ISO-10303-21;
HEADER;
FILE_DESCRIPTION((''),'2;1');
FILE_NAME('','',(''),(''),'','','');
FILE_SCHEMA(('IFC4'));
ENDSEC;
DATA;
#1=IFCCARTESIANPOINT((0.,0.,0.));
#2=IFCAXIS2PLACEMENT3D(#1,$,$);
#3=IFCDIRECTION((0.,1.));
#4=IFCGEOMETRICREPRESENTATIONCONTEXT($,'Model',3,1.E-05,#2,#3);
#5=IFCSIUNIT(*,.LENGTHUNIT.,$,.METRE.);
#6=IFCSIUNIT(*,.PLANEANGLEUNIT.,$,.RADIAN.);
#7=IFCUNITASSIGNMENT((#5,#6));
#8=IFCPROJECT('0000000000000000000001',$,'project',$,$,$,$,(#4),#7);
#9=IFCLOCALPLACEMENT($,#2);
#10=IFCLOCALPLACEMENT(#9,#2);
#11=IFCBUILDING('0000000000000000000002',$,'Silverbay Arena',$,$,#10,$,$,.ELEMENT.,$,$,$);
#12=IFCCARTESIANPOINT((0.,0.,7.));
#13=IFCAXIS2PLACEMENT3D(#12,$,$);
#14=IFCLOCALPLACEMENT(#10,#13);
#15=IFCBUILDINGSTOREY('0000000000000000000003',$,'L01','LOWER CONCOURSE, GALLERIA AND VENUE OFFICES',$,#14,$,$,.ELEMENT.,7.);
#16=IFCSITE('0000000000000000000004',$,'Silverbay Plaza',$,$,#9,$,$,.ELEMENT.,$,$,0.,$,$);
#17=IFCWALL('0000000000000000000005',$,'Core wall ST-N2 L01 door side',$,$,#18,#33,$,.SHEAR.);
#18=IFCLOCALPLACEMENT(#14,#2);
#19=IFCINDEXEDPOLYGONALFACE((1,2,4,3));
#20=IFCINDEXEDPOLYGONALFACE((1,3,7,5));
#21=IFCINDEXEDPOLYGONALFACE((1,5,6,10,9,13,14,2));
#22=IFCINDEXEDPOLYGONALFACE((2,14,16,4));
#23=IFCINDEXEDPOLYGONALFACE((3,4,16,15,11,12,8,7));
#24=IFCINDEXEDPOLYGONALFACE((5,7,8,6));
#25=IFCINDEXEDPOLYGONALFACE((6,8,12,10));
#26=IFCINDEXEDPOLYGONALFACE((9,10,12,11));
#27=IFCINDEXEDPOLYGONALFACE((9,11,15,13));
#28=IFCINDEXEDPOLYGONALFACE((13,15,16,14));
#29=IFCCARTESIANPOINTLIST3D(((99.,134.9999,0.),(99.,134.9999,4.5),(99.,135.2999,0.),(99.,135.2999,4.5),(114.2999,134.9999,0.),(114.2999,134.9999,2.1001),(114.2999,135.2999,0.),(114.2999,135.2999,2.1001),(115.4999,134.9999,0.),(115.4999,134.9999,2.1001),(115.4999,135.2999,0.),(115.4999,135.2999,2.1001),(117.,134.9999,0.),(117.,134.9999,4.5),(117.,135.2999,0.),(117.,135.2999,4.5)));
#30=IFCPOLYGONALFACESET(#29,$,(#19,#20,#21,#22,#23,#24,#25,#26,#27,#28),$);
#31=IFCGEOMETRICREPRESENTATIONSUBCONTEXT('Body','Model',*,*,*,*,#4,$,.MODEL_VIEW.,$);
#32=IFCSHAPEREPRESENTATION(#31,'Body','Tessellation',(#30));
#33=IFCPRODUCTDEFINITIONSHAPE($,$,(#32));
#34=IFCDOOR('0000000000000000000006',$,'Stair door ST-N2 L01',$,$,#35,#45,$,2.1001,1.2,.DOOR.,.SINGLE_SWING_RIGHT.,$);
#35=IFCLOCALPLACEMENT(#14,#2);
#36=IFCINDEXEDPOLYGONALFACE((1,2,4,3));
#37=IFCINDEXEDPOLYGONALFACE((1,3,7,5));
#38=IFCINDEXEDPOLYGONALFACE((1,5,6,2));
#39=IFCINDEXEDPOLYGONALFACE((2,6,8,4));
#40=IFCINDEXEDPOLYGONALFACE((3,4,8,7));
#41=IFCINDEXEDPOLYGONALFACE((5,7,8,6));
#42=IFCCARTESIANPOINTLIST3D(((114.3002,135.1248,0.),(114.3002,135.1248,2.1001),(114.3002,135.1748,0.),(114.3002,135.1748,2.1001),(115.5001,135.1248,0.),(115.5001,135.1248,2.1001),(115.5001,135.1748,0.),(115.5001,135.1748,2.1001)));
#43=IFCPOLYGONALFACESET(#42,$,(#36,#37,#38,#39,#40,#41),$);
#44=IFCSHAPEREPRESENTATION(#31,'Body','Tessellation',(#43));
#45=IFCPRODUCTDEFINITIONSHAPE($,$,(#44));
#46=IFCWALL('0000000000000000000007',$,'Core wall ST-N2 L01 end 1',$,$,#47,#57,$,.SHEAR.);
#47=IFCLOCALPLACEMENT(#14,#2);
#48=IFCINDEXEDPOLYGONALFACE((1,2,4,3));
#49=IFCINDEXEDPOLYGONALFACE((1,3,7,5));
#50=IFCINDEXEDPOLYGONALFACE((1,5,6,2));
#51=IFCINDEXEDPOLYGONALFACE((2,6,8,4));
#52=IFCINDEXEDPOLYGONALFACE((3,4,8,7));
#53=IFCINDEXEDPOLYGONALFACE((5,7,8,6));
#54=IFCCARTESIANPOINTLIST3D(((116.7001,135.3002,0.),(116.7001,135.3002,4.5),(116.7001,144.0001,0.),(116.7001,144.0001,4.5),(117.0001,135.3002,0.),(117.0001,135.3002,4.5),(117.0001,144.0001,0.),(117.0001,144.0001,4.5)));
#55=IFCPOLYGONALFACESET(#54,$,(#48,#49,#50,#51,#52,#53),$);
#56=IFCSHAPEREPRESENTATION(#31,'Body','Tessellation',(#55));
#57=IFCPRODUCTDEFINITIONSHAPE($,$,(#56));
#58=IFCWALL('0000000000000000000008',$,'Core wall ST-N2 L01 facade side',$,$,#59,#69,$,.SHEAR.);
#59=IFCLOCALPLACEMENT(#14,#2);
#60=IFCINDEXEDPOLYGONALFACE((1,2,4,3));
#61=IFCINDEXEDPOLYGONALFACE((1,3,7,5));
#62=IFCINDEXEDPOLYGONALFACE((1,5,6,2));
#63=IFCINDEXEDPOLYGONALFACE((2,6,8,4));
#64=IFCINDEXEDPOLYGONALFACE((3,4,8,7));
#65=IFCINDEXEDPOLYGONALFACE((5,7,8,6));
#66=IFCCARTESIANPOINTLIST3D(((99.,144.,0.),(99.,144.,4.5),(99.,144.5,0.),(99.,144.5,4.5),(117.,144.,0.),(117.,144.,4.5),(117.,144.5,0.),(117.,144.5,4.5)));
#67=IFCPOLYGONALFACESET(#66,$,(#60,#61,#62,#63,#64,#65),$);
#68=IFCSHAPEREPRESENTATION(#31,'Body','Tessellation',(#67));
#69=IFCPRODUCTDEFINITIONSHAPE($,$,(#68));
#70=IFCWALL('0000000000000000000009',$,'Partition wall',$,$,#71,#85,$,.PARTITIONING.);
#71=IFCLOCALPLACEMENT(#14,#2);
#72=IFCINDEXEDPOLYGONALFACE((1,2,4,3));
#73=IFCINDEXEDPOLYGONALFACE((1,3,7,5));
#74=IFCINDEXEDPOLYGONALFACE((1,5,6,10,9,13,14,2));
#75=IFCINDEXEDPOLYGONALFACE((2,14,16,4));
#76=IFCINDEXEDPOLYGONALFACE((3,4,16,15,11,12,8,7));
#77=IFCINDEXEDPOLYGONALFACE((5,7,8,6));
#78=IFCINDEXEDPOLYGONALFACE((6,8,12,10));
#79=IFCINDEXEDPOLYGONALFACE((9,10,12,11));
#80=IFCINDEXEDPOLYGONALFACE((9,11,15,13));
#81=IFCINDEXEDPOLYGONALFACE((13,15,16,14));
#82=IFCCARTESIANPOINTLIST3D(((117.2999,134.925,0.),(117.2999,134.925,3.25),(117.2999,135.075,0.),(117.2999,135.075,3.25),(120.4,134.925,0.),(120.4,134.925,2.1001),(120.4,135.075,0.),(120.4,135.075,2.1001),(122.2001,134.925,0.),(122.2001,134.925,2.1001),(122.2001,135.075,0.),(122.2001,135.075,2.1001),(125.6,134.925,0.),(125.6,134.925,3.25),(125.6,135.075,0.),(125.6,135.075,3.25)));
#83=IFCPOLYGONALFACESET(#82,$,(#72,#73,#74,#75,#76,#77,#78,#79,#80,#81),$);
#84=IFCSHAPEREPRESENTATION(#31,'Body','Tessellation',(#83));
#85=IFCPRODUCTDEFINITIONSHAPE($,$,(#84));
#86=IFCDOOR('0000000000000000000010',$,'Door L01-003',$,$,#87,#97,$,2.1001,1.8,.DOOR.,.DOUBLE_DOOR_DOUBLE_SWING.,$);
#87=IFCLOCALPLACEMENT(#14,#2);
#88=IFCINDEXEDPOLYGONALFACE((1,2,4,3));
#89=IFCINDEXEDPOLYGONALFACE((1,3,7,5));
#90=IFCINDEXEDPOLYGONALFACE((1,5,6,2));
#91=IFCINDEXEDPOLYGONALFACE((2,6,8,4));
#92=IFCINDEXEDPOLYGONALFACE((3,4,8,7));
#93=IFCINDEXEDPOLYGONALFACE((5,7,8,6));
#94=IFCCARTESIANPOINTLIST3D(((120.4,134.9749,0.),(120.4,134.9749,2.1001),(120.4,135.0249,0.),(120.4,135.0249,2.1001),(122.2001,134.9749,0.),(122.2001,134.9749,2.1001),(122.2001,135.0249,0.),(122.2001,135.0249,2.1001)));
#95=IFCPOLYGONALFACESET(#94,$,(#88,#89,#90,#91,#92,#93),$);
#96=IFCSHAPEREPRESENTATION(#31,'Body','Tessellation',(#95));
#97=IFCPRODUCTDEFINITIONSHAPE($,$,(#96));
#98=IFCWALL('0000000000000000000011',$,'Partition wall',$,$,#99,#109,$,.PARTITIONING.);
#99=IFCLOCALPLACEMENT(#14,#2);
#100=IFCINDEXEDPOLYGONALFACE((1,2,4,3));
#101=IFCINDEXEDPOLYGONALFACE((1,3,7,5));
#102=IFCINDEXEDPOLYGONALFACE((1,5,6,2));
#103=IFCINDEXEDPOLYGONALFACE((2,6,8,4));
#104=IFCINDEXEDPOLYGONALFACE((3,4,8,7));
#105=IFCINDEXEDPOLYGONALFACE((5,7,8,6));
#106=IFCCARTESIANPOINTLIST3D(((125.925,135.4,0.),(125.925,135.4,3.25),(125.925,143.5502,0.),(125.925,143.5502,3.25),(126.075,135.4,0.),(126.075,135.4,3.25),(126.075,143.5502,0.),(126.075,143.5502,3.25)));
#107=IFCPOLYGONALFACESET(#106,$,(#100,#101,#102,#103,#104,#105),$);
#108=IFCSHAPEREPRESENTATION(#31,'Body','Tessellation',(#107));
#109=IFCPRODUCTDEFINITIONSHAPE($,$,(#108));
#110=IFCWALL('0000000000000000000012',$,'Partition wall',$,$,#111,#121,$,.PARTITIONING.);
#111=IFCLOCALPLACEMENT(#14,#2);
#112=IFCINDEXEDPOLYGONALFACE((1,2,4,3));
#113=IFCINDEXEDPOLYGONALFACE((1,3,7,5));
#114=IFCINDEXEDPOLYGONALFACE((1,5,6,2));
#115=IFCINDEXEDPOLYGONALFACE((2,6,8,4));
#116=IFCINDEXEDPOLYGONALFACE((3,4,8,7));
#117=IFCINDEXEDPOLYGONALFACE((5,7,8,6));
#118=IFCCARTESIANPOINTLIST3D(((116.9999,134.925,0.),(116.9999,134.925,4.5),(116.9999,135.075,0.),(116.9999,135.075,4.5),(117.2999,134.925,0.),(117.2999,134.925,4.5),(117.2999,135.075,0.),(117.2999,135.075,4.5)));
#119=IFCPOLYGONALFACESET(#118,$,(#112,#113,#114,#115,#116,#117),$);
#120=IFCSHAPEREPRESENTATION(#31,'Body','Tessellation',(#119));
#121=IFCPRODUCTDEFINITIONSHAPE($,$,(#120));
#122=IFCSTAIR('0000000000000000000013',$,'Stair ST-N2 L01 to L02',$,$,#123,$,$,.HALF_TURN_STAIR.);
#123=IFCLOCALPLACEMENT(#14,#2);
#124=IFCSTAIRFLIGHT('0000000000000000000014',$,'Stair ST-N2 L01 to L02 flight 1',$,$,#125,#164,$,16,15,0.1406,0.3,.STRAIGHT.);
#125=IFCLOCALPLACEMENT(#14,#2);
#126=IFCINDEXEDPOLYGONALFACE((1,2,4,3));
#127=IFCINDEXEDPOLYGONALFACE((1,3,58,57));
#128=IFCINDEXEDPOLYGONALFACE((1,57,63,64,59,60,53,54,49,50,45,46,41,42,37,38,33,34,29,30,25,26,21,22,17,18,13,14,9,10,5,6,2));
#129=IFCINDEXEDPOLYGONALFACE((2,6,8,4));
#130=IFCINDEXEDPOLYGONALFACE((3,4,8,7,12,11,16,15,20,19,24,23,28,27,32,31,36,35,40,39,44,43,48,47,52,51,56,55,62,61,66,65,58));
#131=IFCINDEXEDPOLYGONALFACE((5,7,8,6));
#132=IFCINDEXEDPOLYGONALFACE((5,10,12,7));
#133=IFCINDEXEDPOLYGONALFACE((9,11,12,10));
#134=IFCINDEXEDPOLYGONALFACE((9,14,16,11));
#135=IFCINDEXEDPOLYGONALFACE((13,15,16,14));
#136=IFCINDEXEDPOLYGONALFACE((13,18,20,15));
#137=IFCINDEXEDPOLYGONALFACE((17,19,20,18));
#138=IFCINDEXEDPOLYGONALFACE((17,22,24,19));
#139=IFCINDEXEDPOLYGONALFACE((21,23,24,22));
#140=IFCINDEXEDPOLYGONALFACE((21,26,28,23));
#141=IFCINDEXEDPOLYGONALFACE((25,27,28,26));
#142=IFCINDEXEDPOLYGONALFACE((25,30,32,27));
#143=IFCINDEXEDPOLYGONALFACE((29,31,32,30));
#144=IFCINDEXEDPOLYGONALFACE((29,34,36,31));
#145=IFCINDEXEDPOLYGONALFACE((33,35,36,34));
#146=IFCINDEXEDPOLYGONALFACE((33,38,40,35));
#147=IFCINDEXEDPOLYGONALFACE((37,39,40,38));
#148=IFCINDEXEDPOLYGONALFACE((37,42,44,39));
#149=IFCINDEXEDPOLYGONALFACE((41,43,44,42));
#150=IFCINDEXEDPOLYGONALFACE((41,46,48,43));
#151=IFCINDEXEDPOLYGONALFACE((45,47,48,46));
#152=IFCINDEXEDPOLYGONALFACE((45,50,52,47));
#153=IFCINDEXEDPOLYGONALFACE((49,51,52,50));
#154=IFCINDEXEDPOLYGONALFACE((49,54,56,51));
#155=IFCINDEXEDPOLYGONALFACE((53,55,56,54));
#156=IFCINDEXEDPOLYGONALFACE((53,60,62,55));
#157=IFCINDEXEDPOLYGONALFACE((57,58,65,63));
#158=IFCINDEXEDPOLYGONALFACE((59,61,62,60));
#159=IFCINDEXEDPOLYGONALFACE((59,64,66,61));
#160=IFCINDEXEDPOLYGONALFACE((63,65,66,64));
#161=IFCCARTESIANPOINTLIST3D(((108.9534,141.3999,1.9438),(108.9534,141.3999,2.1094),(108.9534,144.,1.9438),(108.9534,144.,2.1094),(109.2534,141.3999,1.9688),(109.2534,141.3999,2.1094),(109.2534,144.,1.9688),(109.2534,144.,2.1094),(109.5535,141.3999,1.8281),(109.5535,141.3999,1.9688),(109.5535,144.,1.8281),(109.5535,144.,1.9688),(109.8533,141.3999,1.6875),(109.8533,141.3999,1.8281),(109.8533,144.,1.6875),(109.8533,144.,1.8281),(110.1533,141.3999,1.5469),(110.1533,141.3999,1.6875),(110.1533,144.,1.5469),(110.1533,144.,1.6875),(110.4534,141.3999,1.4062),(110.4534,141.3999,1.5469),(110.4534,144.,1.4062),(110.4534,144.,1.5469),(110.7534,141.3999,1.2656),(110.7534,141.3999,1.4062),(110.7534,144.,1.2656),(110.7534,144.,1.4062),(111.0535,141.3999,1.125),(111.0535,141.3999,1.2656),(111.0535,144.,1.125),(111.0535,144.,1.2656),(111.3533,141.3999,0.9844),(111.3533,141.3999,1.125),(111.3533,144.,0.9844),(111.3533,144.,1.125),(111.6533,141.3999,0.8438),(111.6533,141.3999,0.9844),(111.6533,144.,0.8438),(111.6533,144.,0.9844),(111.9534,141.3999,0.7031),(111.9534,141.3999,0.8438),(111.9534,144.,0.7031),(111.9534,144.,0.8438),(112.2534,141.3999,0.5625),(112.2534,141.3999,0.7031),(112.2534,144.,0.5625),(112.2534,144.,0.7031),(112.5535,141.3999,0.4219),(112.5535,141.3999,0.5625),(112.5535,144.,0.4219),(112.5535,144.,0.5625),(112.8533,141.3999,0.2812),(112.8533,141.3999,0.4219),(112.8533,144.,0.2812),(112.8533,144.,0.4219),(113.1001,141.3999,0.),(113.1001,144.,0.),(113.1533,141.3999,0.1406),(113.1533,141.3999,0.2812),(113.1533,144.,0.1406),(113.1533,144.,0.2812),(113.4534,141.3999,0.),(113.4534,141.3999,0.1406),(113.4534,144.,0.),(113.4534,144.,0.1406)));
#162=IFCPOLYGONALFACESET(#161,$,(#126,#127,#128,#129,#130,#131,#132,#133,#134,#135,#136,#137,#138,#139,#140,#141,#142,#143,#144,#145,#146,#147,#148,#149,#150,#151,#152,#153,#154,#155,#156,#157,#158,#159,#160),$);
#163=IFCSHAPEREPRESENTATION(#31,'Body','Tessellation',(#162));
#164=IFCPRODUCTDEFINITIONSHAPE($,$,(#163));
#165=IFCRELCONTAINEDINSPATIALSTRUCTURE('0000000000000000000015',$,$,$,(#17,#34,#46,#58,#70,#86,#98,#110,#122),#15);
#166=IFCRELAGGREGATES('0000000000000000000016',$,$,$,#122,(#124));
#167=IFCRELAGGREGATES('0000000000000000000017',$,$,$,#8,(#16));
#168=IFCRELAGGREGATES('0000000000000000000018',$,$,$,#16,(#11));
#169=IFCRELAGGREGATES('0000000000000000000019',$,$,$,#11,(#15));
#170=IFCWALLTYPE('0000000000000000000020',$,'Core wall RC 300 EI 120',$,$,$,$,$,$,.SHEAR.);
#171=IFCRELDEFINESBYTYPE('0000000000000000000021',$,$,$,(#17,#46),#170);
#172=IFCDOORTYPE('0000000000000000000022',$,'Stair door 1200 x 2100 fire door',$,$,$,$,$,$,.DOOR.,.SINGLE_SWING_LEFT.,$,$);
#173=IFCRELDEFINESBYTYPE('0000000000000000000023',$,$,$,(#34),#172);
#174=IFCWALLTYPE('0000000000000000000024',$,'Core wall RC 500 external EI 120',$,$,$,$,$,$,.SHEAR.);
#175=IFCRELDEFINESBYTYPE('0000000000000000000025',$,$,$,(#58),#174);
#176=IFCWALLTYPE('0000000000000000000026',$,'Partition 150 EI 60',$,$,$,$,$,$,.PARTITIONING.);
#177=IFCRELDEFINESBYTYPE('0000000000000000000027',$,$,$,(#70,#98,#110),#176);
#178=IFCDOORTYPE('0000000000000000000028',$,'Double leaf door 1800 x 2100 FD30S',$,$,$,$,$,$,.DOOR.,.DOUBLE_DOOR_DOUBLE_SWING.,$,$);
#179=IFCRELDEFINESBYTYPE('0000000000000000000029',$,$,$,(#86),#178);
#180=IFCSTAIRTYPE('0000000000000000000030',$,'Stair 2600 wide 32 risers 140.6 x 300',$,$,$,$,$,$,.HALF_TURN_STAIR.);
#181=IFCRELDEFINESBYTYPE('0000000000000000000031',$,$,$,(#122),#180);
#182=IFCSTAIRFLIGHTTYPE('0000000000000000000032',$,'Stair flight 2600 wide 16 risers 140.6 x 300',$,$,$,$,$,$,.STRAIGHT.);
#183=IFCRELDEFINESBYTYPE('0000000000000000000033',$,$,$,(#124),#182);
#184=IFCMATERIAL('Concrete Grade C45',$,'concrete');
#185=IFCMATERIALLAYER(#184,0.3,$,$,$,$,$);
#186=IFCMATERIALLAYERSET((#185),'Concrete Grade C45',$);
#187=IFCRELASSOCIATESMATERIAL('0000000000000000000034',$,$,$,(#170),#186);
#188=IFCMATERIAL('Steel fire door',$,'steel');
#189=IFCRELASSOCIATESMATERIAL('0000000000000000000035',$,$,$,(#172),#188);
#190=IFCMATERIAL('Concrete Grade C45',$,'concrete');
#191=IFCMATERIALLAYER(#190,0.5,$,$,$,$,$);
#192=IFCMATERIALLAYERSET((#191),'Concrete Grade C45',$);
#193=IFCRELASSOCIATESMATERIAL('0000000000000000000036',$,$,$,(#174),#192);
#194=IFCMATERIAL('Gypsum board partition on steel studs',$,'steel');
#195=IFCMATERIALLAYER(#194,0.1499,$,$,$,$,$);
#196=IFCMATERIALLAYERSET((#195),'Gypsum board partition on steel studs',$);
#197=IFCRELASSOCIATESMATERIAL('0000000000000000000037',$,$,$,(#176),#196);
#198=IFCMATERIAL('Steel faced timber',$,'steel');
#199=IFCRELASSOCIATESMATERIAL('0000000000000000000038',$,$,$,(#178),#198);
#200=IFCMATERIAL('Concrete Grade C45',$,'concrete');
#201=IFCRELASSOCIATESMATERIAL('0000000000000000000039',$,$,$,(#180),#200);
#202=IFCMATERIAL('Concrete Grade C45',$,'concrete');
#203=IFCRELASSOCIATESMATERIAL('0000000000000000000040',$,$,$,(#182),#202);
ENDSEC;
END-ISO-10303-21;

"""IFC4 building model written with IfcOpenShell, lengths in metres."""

from ifc_helpers import new_model, si_unit, direction, frame, frame_2d, origin, place, context, subcontext, project, spatial, polyline, rectangle, outline, extrude, material, layer, layer_set, type_object, element, fill, aggregate, save


model = new_model("IFC4")

# Units and contexts
model_context = context("Model", 3, precision=1e-05, world=origin(), true_north=direction((0.0, 1.0)))
body_context = subcontext(model_context, "Body", "Model", "MODEL_VIEW")
ifc_project = project(units=[si_unit("LENGTHUNIT", "METRE"), si_unit("PLANEANGLEUNIT", "RADIAN")], contexts=[model_context])

# Site, building, storey
site_placement = place(None, origin())
site = spatial("IfcSite", under=ifc_project, at=site_placement, Name="Silverbay Plaza", CompositionType="ELEMENT", RefElevation=0.0)
building_placement = place(site_placement, origin())
building = spatial("IfcBuilding", under=site, at=building_placement, Name="Silverbay Arena", CompositionType="ELEMENT")
storey_placement = place(building_placement, frame((0.0, 0.0, 7.0)))
storey = spatial("IfcBuildingStorey", under=building, at=storey_placement, Name="L01", Description="LOWER CONCOURSE, GALLERIA AND VENUE OFFICES", CompositionType="ELEMENT", Elevation=7.0)

# Wall, opening, door
ifc_material_1 = material(Name="Concrete Grade C45", Category="concrete")
ifc_layer_1 = layer(ifc_material_1, 0.3)
ifc_layer_set_1 = layer_set([ifc_layer_1], Name="Concrete Grade C45")
wall_type_1 = type_object("IfcWallType", Name="Core wall RC 300 EI 120", PredefinedType="SHEAR", material=ifc_layer_set_1)
wall_1_placement = place(storey_placement, frame((117.0, 135.1499, 0.0), z_axis=(0.0, 0.0, 1.0), x_axis=(-1.0, 0.0, 0.0)))
wall_1 = element("IfcWall", 1, at=wall_1_placement, inside=storey, type_object=wall_type_1, Name="Core wall ST-N2 L01 door side", PredefinedType="SHEAR", context=body_context, shape_type="SweptSolid", body=[
    extrude(rectangle(XDim=18.0, YDim=0.3, at=frame_2d((9.0, 0.0))), origin(), (0.0, 0.0, 1.0), 4.5),
])
opening_1_placement = place(wall_1_placement, frame((1.5, 0.0, 0.0)))
opening_1 = element("IfcOpeningElement", 2, at=opening_1_placement, cuts=wall_1, PredefinedType="OPENING", context=body_context, shape_type="SweptSolid", body=[
    extrude(rectangle(XDim=1.2, YDim=2.1001, at=frame_2d((0.6001, 1.05))), frame((0.0, 0.1602, 0.0), z_axis=(0.0, -1.0, 0.0), x_axis=(1.0, 0.0, 0.0)), (0.0, 0.0, 1.0), 0.3201),
])
ifc_material_2 = material(Name="Steel fire door", Category="steel")
door_type_1 = type_object("IfcDoorType", Name="Stair door 1200 x 2100 fire door", OperationType="SINGLE_SWING_LEFT", PredefinedType="DOOR", material=ifc_material_2)
door_1_placement = place(opening_1_placement, frame((1.2, 0.0, 0.0), z_axis=(0.0, 0.0, 1.0), x_axis=(-1.0, 0.0, 0.0)))
door_1 = element("IfcDoor", 3, at=door_1_placement, inside=storey, type_object=door_type_1, Name="Stair door ST-N2 L01", OperationType="SINGLE_SWING_RIGHT", OverallHeight=2.1001, OverallWidth=1.2, PredefinedType="DOOR", context=body_context, shape_type="SweptSolid", body=[
    extrude(rectangle(XDim=1.2, YDim=2.1001, at=frame_2d((0.6001, 1.05))), frame((0.0, 0.0249, 0.0), z_axis=(0.0, -1.0, 0.0), x_axis=(1.0, 0.0, 0.0)), (0.0, 0.0, 1.0), 0.05),
])
fill(opening_1, door_1)

# Walls
wall_2_placement = place(storey_placement, frame((116.8501, 135.3, 0.0), z_axis=(0.0, 0.0, 1.0), x_axis=(0.0, 1.0, 0.0)))
element("IfcWall", 4, at=wall_2_placement, inside=storey, type_object=wall_type_1, Name="Core wall ST-N2 L01 end 1", PredefinedType="SHEAR", context=body_context, shape_type="SweptSolid", body=[
    extrude(rectangle(XDim=8.7, YDim=0.3, at=frame_2d((4.3501, 0.0))), origin(), (0.0, 0.0, 1.0), 4.5),
])
ifc_material_3 = material(Name="Concrete Grade C45", Category="concrete")
ifc_layer_2 = layer(ifc_material_3, 0.5)
ifc_layer_set_2 = layer_set([ifc_layer_2], Name="Concrete Grade C45")
wall_type_2 = type_object("IfcWallType", Name="Core wall RC 500 external EI 120", PredefinedType="SHEAR", material=ifc_layer_set_2)
wall_3_placement = place(storey_placement, frame((117.0, 144.25, 0.0), z_axis=(0.0, 0.0, 1.0), x_axis=(-1.0, 0.0, 0.0)))
element("IfcWall", 5, at=wall_3_placement, inside=storey, type_object=wall_type_2, Name="Core wall ST-N2 L01 facade side", PredefinedType="SHEAR", context=body_context, shape_type="SweptSolid", body=[
    extrude(rectangle(XDim=18.0, YDim=0.5, at=frame_2d((9.0, 0.0))), origin(), (0.0, 0.0, 1.0), 4.5),
])

# Wall, opening, door
ifc_material_4 = material(Name="Gypsum board partition on steel studs", Category="steel")
ifc_layer_3 = layer(ifc_material_4, 0.1499)
ifc_layer_set_3 = layer_set([ifc_layer_3], Name="Gypsum board partition on steel studs")
wall_type_3 = type_object("IfcWallType", Name="Partition 150 EI 60", PredefinedType="PARTITIONING", material=ifc_layer_set_3)
wall_4_placement = place(storey_placement, frame((117.3, 135.0, 0.0), z_axis=(0.0, 0.0, 1.0), x_axis=(1.0, 0.0, 0.0)))
wall_4 = element("IfcWall", 6, at=wall_4_placement, inside=storey, type_object=wall_type_3, Name="Partition wall", PredefinedType="PARTITIONING", context=body_context, shape_type="SweptSolid", body=[
    extrude(rectangle(XDim=8.3, YDim=0.1499, at=frame_2d((4.1499, 0.0))), origin(), (0.0, 0.0, 1.0), 3.25),
])
opening_2_placement = place(wall_4_placement, frame((3.1001, 0.0, 0.0)))
opening_2 = element("IfcOpeningElement", 7, at=opening_2_placement, cuts=wall_4, PredefinedType="OPENING", context=body_context, shape_type="SweptSolid", body=[
    extrude(rectangle(XDim=1.8, YDim=2.1001, at=frame_2d((0.8999, 1.05))), frame((0.0, 0.085, 0.0), z_axis=(0.0, -1.0, 0.0), x_axis=(1.0, 0.0, 0.0)), (0.0, 0.0, 1.0), 0.1699),
])
ifc_material_5 = material(Name="Steel faced timber", Category="steel")
door_type_2 = type_object("IfcDoorType", Name="Double leaf door 1800 x 2100 FD30S", OperationType="DOUBLE_DOOR_DOUBLE_SWING", PredefinedType="DOOR", material=ifc_material_5)
door_2_placement = place(opening_2_placement, origin())
door_2 = element("IfcDoor", 8, at=door_2_placement, inside=storey, type_object=door_type_2, Name="Door L01-003", OperationType="DOUBLE_DOOR_DOUBLE_SWING", OverallHeight=2.1001, OverallWidth=1.8, PredefinedType="DOOR", context=body_context, shape_type="SweptSolid", body=[
    extrude(rectangle(XDim=1.8, YDim=2.1001, at=frame_2d((0.8999, 1.05))), frame((0.0, 0.0249, 0.0), z_axis=(0.0, -1.0, 0.0), x_axis=(1.0, 0.0, 0.0)), (0.0, 0.0, 1.0), 0.05),
])
fill(opening_2, door_2)

# Walls
wall_5_placement = place(storey_placement, frame((126.0, 135.3999, 0.0), z_axis=(0.0, 0.0, 1.0), x_axis=(0.0, 1.0, 0.0)))
element("IfcWall", 9, at=wall_5_placement, inside=storey, type_object=wall_type_3, Name="Partition wall", PredefinedType="PARTITIONING", context=body_context, shape_type="SweptSolid", body=[
    extrude(rectangle(XDim=8.1501, YDim=0.1499, at=frame_2d((4.0752, 0.0))), origin(), (0.0, 0.0, 1.0), 3.25),
])
wall_6_placement = place(storey_placement, frame((117.0, 135.0, 0.0), z_axis=(0.0, 0.0, 1.0), x_axis=(1.0, 0.0, 0.0)))
element("IfcWall", 10, at=wall_6_placement, inside=storey, type_object=wall_type_3, Name="Partition wall", PredefinedType="PARTITIONING", context=body_context, shape_type="SweptSolid", body=[
    extrude(rectangle(XDim=0.3, YDim=0.1499, at=frame_2d((0.1499, 0.0))), origin(), (0.0, 0.0, 1.0), 4.5),
])

# Stair, stair flight
ifc_material_6 = material(Name="Concrete Grade C45", Category="concrete")
stair_type = type_object("IfcStairType", Name="Stair 2600 wide 32 risers 140.6 x 300", PredefinedType="HALF_TURN_STAIR", material=ifc_material_6)
stair_placement = place(storey_placement, origin())
stair = element("IfcStair", 11, at=stair_placement, inside=storey, type_object=stair_type, Name="Stair ST-N2 L01 to L02", PredefinedType="HALF_TURN_STAIR")
ifc_material_7 = material(Name="Concrete Grade C45", Category="concrete")
stair_flight_type = type_object("IfcStairFlightType", Name="Stair flight 2600 wide 16 risers 140.6 x 300", PredefinedType="STRAIGHT", material=ifc_material_7)
stair_flight_placement = place(storey_placement, frame((113.4534, 142.7, 0.0), z_axis=(0.0, 0.0, 1.0), x_axis=(-1.0, 0.0, 0.0)))
stair_flight = element("IfcStairFlight", 12, at=stair_flight_placement, type_object=stair_flight_type, Name="Stair ST-N2 L01 to L02 flight 1", NumberOfRisers=16, NumberOfTreads=15, PredefinedType="STRAIGHT", RiserHeight=0.1406, TreadLength=0.3, context=body_context, shape_type="SweptSolid", body=[
    extrude(outline(polyline([(0.0, 0.0), (0.0, 0.1406), (0.3, 0.1406), (0.3, 0.2812), (0.6001, 0.2812), (0.6001, 0.4219), (0.8999, 0.4219), (0.8999, 0.5625), (1.2, 0.5625), (1.2, 0.7031), (1.5, 0.7031), (1.5, 0.8438), (1.8, 0.8438), (1.8, 0.9844), (2.1001, 0.9844), (2.1001, 1.125), (2.3999, 1.125), (2.3999, 1.2656), (2.7, 1.2656), (2.7, 1.4062), (3.0, 1.4062), (3.0, 1.5469), (3.3, 1.5469), (3.3, 1.6875), (3.6001, 1.6875), (3.6001, 1.8281), (3.8999, 1.8281), (3.8999, 1.9688), (4.2, 1.9688), (4.2, 2.1094), (4.5, 2.1094), (4.5, 1.9438), (0.3533, 0.0), (0.0, 0.0)])), frame((0.0, 1.3, 0.0), z_axis=(0.0, -1.0, 0.0), x_axis=(1.0, 0.0, 0.0)), (0.0, 0.0, 1.0), 2.6001),
])
aggregate(stair, [stair_flight])

save(model, "model.ifc")
